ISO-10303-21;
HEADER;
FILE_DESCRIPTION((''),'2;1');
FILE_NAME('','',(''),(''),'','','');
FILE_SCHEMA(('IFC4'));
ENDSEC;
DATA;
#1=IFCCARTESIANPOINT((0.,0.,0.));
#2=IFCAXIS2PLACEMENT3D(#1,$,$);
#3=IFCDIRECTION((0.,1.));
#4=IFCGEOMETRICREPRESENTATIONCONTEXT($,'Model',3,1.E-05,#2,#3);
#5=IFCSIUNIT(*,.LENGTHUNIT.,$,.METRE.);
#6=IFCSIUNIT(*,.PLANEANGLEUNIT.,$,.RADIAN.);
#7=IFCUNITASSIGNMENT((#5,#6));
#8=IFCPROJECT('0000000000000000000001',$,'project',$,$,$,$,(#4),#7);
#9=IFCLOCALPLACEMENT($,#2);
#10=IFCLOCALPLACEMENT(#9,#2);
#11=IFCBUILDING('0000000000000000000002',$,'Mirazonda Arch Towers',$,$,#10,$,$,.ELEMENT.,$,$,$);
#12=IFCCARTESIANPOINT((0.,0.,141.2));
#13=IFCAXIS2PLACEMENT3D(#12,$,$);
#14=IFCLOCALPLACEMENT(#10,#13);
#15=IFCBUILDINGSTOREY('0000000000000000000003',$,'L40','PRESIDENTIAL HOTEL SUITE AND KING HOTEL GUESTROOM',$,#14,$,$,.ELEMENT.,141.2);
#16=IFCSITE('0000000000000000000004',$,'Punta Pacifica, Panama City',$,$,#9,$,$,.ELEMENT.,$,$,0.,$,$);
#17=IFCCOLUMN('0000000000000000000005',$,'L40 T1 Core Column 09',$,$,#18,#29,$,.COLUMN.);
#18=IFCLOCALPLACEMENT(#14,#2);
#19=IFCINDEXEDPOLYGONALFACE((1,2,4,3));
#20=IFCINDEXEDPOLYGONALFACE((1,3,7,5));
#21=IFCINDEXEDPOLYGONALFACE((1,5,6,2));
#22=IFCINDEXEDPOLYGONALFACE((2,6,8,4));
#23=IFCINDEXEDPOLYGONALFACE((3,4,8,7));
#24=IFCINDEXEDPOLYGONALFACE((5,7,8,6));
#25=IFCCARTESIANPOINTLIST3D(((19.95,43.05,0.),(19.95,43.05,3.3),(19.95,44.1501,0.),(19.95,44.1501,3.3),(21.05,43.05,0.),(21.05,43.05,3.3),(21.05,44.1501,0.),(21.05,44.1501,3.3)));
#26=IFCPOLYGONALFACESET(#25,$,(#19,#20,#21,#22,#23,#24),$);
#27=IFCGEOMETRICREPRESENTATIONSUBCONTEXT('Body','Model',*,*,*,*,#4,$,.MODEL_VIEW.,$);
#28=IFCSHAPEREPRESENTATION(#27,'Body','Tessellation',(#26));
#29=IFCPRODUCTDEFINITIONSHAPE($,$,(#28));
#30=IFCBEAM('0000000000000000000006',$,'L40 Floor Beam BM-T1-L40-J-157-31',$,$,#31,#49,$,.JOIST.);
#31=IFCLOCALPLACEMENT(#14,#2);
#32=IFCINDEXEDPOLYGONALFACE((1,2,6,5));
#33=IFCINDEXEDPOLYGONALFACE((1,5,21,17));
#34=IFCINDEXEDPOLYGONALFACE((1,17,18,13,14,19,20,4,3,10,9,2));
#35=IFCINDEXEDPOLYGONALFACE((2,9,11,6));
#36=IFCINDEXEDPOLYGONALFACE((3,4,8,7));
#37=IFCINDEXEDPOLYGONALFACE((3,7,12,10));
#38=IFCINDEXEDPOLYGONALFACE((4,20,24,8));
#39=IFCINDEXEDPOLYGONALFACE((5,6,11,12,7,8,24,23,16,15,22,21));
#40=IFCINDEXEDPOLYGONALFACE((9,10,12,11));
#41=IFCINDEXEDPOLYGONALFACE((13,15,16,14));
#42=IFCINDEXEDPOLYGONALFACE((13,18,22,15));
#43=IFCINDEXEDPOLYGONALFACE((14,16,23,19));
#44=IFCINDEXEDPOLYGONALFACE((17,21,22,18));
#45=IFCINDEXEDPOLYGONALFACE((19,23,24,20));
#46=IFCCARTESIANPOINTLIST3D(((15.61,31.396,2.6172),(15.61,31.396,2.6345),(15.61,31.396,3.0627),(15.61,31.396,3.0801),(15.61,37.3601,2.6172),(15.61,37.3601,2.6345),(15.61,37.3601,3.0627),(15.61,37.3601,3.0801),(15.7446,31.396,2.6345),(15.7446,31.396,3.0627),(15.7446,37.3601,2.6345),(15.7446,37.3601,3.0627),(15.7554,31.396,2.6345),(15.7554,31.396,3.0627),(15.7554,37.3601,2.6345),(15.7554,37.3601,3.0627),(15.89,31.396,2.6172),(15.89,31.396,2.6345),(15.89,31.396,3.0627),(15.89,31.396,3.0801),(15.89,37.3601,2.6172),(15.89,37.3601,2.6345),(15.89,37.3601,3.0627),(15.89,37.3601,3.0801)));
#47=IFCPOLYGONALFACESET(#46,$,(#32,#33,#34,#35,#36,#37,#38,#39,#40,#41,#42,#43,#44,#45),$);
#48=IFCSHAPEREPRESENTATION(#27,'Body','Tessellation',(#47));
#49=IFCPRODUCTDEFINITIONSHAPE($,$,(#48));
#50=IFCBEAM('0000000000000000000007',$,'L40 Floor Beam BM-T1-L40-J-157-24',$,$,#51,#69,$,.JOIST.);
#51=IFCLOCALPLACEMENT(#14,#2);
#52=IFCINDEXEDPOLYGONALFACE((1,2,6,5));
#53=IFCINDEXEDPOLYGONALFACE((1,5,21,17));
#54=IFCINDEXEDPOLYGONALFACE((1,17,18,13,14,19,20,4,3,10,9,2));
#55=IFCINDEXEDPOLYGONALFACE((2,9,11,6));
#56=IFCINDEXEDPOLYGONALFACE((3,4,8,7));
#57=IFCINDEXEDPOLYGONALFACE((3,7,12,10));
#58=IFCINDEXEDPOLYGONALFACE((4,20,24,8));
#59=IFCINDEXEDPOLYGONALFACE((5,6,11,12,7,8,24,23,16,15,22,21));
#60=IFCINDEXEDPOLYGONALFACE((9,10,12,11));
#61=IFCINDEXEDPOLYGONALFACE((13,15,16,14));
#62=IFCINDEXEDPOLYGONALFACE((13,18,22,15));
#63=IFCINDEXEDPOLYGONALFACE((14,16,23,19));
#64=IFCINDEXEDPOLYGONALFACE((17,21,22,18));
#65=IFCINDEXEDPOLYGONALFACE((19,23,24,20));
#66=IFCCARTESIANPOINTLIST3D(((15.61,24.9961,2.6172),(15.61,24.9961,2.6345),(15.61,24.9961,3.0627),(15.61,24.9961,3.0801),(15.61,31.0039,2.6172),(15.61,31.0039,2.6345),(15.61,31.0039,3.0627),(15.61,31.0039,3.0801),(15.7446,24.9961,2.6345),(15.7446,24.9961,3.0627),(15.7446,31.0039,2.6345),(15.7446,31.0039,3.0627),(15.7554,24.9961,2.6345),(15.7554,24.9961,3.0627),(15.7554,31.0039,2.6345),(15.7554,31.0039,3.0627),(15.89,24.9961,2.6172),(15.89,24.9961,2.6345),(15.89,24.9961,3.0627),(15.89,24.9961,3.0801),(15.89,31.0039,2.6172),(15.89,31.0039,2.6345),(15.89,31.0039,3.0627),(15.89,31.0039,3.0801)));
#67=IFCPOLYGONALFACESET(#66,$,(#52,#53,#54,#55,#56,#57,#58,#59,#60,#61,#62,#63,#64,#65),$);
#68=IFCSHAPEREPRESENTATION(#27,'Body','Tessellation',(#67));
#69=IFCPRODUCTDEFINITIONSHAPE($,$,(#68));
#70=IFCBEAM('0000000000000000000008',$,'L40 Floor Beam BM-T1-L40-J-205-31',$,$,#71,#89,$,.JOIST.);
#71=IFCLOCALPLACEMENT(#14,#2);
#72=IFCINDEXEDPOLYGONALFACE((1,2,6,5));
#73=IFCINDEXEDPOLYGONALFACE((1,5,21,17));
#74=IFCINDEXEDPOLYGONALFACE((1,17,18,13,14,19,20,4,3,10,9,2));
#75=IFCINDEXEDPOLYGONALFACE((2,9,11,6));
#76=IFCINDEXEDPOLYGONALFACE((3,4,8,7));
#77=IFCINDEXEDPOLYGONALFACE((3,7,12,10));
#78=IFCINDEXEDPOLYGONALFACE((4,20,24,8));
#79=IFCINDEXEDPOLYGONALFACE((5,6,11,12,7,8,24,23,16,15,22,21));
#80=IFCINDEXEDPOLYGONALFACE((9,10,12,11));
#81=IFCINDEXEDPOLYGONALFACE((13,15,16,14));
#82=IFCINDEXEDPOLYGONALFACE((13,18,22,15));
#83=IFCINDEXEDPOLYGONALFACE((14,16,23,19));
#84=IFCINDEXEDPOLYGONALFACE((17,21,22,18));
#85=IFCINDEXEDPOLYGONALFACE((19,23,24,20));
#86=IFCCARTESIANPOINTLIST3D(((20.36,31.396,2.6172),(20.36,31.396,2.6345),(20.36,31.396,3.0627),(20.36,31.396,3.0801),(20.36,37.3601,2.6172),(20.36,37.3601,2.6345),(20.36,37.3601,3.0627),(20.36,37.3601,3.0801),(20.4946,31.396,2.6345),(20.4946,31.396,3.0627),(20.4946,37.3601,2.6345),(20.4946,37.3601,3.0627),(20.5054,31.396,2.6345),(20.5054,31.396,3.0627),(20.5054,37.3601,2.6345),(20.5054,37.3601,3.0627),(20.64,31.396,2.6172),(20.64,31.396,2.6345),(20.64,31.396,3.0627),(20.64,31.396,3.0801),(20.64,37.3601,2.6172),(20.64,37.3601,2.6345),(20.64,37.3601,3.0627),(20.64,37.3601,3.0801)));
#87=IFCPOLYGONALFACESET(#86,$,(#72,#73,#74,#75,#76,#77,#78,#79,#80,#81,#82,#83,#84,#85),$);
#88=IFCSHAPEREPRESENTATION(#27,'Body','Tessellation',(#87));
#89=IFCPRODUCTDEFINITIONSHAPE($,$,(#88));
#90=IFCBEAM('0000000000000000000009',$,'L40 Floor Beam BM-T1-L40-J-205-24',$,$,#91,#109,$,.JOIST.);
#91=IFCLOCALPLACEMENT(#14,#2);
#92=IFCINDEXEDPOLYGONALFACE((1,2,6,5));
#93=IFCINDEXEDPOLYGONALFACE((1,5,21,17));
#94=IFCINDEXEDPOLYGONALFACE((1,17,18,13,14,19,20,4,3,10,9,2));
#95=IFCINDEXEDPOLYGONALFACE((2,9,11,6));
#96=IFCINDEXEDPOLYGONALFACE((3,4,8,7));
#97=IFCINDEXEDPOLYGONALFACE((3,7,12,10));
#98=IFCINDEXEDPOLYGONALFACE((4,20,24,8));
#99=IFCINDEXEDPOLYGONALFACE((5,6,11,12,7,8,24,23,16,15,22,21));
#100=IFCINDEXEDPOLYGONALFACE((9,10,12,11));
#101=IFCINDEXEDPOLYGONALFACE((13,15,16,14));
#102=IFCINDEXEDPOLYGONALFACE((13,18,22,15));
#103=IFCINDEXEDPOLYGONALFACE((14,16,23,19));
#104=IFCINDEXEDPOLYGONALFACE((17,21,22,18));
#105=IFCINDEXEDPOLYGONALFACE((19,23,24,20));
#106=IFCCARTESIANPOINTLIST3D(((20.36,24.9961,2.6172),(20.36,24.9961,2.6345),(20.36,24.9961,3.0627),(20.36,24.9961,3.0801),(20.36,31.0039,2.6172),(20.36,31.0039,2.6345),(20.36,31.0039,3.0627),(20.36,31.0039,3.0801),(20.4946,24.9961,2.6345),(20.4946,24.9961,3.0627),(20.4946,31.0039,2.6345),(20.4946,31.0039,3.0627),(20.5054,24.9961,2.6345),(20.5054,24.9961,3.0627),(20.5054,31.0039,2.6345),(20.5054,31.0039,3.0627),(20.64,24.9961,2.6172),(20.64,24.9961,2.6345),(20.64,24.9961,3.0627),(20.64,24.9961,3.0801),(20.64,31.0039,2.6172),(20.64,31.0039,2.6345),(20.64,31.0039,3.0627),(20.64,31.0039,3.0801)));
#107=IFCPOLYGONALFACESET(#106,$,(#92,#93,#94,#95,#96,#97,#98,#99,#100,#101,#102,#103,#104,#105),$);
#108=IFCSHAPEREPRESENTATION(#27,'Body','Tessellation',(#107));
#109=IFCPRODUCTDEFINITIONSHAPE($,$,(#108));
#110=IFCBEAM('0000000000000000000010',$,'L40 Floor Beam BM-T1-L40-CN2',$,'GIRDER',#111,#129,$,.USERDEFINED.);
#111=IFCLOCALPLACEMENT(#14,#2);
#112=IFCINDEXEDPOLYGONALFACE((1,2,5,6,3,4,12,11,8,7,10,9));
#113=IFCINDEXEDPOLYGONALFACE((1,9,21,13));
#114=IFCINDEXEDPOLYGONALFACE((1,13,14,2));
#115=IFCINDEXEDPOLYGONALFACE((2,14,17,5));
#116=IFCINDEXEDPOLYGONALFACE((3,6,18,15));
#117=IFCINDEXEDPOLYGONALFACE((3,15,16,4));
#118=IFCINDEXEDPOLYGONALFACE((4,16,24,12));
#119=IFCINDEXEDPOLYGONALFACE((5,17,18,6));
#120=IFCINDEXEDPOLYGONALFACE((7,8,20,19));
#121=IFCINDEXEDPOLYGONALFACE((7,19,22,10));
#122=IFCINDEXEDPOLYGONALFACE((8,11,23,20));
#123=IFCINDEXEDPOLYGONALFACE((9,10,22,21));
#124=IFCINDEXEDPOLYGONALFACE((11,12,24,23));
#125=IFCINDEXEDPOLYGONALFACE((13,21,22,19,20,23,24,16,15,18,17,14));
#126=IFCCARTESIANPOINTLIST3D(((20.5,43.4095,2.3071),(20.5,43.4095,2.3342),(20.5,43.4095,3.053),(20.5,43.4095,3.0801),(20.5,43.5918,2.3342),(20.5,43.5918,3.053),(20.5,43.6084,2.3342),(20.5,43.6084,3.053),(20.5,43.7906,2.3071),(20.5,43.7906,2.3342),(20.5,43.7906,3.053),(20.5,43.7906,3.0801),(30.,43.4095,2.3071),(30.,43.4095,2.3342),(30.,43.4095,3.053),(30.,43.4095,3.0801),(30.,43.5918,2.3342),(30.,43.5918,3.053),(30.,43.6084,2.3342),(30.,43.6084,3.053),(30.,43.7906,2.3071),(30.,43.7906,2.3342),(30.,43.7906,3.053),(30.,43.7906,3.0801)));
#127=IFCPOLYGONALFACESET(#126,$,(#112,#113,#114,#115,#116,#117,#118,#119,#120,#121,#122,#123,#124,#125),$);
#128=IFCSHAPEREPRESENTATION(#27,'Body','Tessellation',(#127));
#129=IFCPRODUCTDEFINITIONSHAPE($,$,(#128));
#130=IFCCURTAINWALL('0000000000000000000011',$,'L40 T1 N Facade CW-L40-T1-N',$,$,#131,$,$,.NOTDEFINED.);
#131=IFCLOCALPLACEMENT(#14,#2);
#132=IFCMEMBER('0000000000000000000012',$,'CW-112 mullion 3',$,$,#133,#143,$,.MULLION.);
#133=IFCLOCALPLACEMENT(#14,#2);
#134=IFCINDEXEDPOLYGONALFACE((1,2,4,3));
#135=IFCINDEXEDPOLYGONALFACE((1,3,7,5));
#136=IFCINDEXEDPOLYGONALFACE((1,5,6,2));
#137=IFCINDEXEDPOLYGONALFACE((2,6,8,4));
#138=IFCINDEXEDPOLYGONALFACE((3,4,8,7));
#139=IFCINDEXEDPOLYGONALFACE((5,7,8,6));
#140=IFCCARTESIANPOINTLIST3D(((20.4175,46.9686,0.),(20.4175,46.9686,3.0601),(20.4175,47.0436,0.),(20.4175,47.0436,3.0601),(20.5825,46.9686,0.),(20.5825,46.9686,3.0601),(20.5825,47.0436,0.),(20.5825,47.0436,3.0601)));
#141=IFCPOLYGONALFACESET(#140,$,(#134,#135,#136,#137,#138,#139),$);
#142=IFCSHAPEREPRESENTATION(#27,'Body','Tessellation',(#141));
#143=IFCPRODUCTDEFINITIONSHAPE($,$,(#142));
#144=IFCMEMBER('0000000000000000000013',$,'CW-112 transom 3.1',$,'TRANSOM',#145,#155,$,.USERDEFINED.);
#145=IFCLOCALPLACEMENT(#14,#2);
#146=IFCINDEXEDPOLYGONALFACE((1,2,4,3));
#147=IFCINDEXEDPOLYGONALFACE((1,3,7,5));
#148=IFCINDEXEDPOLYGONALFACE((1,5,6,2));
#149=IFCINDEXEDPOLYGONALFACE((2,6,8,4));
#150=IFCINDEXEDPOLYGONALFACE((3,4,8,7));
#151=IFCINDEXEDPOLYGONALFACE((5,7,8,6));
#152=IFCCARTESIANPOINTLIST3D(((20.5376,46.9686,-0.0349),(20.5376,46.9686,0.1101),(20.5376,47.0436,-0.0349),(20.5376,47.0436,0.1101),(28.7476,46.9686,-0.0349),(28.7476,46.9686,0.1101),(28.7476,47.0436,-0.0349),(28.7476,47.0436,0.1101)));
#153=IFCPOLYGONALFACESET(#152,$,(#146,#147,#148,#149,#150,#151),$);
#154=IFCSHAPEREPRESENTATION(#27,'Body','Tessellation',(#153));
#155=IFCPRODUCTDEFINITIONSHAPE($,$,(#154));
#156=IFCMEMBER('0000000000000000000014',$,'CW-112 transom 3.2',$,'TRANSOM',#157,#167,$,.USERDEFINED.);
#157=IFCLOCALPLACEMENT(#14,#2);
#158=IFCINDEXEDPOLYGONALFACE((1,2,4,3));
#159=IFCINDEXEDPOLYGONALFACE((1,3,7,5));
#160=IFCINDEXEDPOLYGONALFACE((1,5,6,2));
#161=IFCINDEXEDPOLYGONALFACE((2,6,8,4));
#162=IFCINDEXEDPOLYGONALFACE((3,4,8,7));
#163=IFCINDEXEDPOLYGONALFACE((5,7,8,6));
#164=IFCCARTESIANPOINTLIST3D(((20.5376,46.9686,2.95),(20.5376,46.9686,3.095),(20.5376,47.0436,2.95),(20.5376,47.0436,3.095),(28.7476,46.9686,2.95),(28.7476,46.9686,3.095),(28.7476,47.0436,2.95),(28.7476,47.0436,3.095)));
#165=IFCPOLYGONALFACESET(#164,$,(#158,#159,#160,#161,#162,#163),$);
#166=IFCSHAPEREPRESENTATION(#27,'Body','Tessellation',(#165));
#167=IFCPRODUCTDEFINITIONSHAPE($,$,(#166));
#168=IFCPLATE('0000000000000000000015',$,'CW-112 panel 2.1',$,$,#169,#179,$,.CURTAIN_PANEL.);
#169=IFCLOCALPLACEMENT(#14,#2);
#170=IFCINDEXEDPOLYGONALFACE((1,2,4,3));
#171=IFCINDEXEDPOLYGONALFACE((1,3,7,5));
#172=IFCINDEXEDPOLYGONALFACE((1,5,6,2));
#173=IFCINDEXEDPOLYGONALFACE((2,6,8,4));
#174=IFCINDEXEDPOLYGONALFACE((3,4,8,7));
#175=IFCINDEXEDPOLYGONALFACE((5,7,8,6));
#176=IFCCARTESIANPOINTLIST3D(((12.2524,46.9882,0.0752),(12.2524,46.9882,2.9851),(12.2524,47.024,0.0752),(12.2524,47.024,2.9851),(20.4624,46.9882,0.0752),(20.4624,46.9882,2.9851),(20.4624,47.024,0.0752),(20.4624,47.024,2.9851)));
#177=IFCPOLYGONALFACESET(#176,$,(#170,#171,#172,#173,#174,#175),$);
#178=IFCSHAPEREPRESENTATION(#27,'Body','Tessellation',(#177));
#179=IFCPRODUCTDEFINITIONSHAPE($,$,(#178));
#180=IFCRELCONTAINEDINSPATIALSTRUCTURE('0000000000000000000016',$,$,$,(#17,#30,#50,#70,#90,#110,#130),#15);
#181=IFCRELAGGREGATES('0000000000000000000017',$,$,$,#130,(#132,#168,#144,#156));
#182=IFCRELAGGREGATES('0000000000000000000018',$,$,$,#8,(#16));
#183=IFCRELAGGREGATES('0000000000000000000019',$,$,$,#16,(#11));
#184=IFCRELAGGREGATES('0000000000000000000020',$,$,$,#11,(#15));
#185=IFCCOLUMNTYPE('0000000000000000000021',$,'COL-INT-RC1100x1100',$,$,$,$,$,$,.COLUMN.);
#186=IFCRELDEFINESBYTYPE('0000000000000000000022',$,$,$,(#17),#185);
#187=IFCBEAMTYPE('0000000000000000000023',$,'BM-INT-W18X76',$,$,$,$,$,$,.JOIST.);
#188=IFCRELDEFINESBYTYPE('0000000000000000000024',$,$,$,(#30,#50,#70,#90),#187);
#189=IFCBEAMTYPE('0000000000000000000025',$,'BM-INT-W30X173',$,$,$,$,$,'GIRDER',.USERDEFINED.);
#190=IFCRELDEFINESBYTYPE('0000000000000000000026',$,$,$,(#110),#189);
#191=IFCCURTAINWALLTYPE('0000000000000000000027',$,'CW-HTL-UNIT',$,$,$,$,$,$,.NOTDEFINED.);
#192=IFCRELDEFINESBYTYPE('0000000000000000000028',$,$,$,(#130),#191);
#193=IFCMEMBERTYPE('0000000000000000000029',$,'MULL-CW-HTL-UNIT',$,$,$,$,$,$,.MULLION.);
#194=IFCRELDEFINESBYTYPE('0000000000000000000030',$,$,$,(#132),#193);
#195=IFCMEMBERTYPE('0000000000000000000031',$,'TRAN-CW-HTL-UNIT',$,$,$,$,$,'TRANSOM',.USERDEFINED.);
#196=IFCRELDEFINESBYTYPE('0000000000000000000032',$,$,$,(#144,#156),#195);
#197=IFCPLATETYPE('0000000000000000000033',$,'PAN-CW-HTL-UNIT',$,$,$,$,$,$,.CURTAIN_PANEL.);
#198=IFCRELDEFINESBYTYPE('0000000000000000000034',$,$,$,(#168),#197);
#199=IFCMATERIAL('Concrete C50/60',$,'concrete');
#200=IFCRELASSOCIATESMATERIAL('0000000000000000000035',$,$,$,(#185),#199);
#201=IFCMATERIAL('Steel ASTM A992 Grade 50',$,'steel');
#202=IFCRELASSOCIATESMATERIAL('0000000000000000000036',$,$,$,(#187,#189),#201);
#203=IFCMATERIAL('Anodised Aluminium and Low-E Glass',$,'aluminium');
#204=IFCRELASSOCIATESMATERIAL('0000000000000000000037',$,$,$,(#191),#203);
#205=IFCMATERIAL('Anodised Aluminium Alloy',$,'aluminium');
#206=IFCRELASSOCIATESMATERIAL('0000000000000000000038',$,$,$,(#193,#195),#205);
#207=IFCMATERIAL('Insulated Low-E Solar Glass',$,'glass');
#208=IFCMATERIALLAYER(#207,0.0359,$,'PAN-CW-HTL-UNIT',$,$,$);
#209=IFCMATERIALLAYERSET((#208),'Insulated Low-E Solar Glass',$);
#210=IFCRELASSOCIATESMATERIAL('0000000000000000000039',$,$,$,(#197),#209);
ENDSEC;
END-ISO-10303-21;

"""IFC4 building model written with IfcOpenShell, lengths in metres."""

from ifc_helpers import new_model, si_unit, direction, frame, origin, origin_2d, place, context, subcontext, project, spatial, rectangle, i_section, extrude, material, layer, layer_set, material_profile, profile_set, type_object, element, aggregate, save


model = new_model("IFC4")

# Units and contexts
model_context = context("Model", 3, precision=1e-05, world=origin(), true_north=direction((0.0, 1.0)))
body_context = subcontext(model_context, "Body", "Model", "MODEL_VIEW")
ifc_project = project(units=[si_unit("LENGTHUNIT", "METRE"), si_unit("PLANEANGLEUNIT", "RADIAN")], contexts=[model_context])

# Site, building, storey
site_placement = place(None, origin())
site = spatial("IfcSite", under=ifc_project, at=site_placement, Name="Punta Pacifica, Panama City", CompositionType="ELEMENT", RefElevation=0.0)
building_placement = place(site_placement, origin())
building = spatial("IfcBuilding", under=site, at=building_placement, Name="Mirazonda Arch Towers", CompositionType="ELEMENT")
storey_placement = place(building_placement, frame((0.0, 0.0, 141.2)))
storey = spatial("IfcBuildingStorey", under=building, at=storey_placement, Name="L40", Description="PRESIDENTIAL HOTEL SUITE AND KING HOTEL GUESTROOM", CompositionType="ELEMENT", Elevation=141.2)

# Column
ifc_material_1 = material(Name="Concrete C50/60", Category="concrete")
ifc_material_profile_1 = material_profile(ifc_material_1, rectangle(XDim=1.1001, YDim=1.1001, at=origin_2d()), Name="RC1100x1100")
ifc_profile_set_1 = profile_set([ifc_material_profile_1], Name="Concrete C50/60")
column_type = type_object("IfcColumnType", Name="COL-INT-RC1100x1100", PredefinedType="COLUMN", material=ifc_profile_set_1)
column_placement = place(storey_placement, frame((20.5, 43.6001, 0.0), z_axis=(0.0, 0.0, 1.0), x_axis=(1.0, 0.0, 0.0)))
element("IfcColumn", 1, at=column_placement, inside=storey, type_object=column_type, Name="L40 T1 Core Column 09", PredefinedType="COLUMN", context=body_context, shape_type="SweptSolid", body=[
    extrude(rectangle(XDim=1.1001, YDim=1.1001, at=origin_2d()), origin(), (0.0, 0.0, 1.0), 3.3),
])

# Beams
ifc_material_2 = material(Name="Steel ASTM A992 Grade 50", Category="steel")
ifc_material_profile_2 = material_profile(ifc_material_2, i_section(OverallWidth=0.28, OverallDepth=0.4629, WebThickness=0.0107, FlangeThickness=0.0173, at=origin_2d()), Name="W18X76")
ifc_profile_set_2 = profile_set([ifc_material_profile_2], Name="Steel ASTM A992 Grade 50")
beam_type_1 = type_object("IfcBeamType", Name="BM-INT-W18X76", PredefinedType="JOIST", material=ifc_profile_set_2)
beam_1_placement = place(storey_placement, frame((15.75, 31.396, 2.8486), z_axis=(0.0, 1.0, 0.0), x_axis=(-1.0, 0.0, 0.0)))
element("IfcBeam", 2, at=beam_1_placement, inside=storey, type_object=beam_type_1, Name="L40 Floor Beam BM-T1-L40-J-157-31", PredefinedType="JOIST", context=body_context, shape_type="SweptSolid", body=[
    extrude(i_section(OverallWidth=0.28, OverallDepth=0.4629, WebThickness=0.0107, FlangeThickness=0.0173, at=origin_2d()), origin(), (0.0, 0.0, 1.0), 5.9641),
])
beam_2_placement = place(storey_placement, frame((15.75, 24.9961, 2.8486), z_axis=(0.0, 1.0, 0.0), x_axis=(-1.0, 0.0, 0.0)))
element("IfcBeam", 3, at=beam_2_placement, inside=storey, type_object=beam_type_1, Name="L40 Floor Beam BM-T1-L40-J-157-24", PredefinedType="JOIST", context=body_context, shape_type="SweptSolid", body=[
    extrude(i_section(OverallWidth=0.28, OverallDepth=0.4629, WebThickness=0.0107, FlangeThickness=0.0173, at=origin_2d()), origin(), (0.0, 0.0, 1.0), 6.0078),
])
beam_3_placement = place(storey_placement, frame((20.5, 31.396, 2.8486), z_axis=(0.0, 1.0, 0.0), x_axis=(-1.0, 0.0, 0.0)))
element("IfcBeam", 4, at=beam_3_placement, inside=storey, type_object=beam_type_1, Name="L40 Floor Beam BM-T1-L40-J-205-31", PredefinedType="JOIST", context=body_context, shape_type="SweptSolid", body=[
    extrude(i_section(OverallWidth=0.28, OverallDepth=0.4629, WebThickness=0.0107, FlangeThickness=0.0173, at=origin_2d()), origin(), (0.0, 0.0, 1.0), 5.9641),
])
beam_4_placement = place(storey_placement, frame((20.5, 24.9961, 2.8486), z_axis=(0.0, 1.0, 0.0), x_axis=(-1.0, 0.0, 0.0)))
element("IfcBeam", 5, at=beam_4_placement, inside=storey, type_object=beam_type_1, Name="L40 Floor Beam BM-T1-L40-J-205-24", PredefinedType="JOIST", context=body_context, shape_type="SweptSolid", body=[
    extrude(i_section(OverallWidth=0.28, OverallDepth=0.4629, WebThickness=0.0107, FlangeThickness=0.0173, at=origin_2d()), origin(), (0.0, 0.0, 1.0), 6.0078),
])
ifc_material_profile_3 = material_profile(ifc_material_2, i_section(OverallWidth=0.3811, OverallDepth=0.7729, WebThickness=0.0166, FlangeThickness=0.0271, at=origin_2d()), Name="W30X173")
ifc_profile_set_3 = profile_set([ifc_material_profile_3], Name="Steel ASTM A992 Grade 50")
beam_type_2 = type_object("IfcBeamType", Name="BM-INT-W30X173", ElementType="GIRDER", PredefinedType="USERDEFINED", material=ifc_profile_set_3)
beam_5_placement = place(storey_placement, frame((20.5, 43.6001, 2.6936), z_axis=(1.0, 0.0, 0.0), x_axis=(0.0, 1.0, 0.0)))
element("IfcBeam", 6, at=beam_5_placement, inside=storey, type_object=beam_type_2, Name="L40 Floor Beam BM-T1-L40-CN2", ObjectType="GIRDER", PredefinedType="USERDEFINED", context=body_context, shape_type="SweptSolid", body=[
    extrude(i_section(OverallWidth=0.3811, OverallDepth=0.7729, WebThickness=0.0166, FlangeThickness=0.0271, at=origin_2d()), origin(), (0.0, 0.0, 1.0), 9.5),
])

# Curtain wall, members, plate
ifc_material_3 = material(Name="Anodised Aluminium and Low-E Glass", Category="aluminium")
curtain_wall_type = type_object("IfcCurtainWallType", Name="CW-HTL-UNIT", PredefinedType="NOTDEFINED", material=ifc_material_3)
curtain_wall_placement = place(storey_placement, origin())
curtain_wall = element("IfcCurtainWall", 7, at=curtain_wall_placement, inside=storey, type_object=curtain_wall_type, Name="L40 T1 N Facade CW-L40-T1-N", PredefinedType="NOTDEFINED")
ifc_material_4 = material(Name="Anodised Aluminium Alloy", Category="aluminium")
ifc_material_profile_4 = material_profile(ifc_material_4, rectangle(XDim=0.075, YDim=0.165, at=origin_2d()), Name="ALU-MULL-75x165")
ifc_profile_set_4 = profile_set([ifc_material_profile_4], Name="Anodised Aluminium Alloy")
member_type_1 = type_object("IfcMemberType", Name="MULL-CW-HTL-UNIT", PredefinedType="MULLION", material=ifc_profile_set_4)
member_1_placement = place(storey_placement, frame((20.5, 47.0061, 0.0), z_axis=(0.0, 0.0, 1.0), x_axis=(0.0, 1.0, 0.0)))
member_1 = element("IfcMember", 8, at=member_1_placement, type_object=member_type_1, Name="CW-112 mullion 3", PredefinedType="MULLION", context=body_context, shape_type="SweptSolid", body=[
    extrude(rectangle(XDim=0.075, YDim=0.165, at=origin_2d()), origin(), (0.0, 0.0, 1.0), 3.0601),
])
ifc_material_profile_5 = material_profile(ifc_material_4, rectangle(XDim=0.075, YDim=0.145, at=origin_2d()), Name="ALU-TRAN-75x145")
ifc_profile_set_5 = profile_set([ifc_material_profile_5], Name="Anodised Aluminium Alloy")
member_type_2 = type_object("IfcMemberType", Name="TRAN-CW-HTL-UNIT", ElementType="TRANSOM", PredefinedType="USERDEFINED", material=ifc_profile_set_5)
member_2_placement = place(storey_placement, frame((20.5376, 47.0061, 0.0376), z_axis=(1.0, 0.0, 0.0), x_axis=(0.0, 1.0, 0.0)))
member_2 = element("IfcMember", 9, at=member_2_placement, type_object=member_type_2, Name="CW-112 transom 3.1", ObjectType="TRANSOM", PredefinedType="USERDEFINED", context=body_context, shape_type="SweptSolid", body=[
    extrude(rectangle(XDim=0.075, YDim=0.145, at=origin_2d()), origin(), (0.0, 0.0, 1.0), 8.21),
])
member_3_placement = place(storey_placement, frame((20.5376, 47.0061, 3.0225), z_axis=(1.0, 0.0, 0.0), x_axis=(0.0, 1.0, 0.0)))
member_3 = element("IfcMember", 10, at=member_3_placement, type_object=member_type_2, Name="CW-112 transom 3.2", ObjectType="TRANSOM", PredefinedType="USERDEFINED", context=body_context, shape_type="SweptSolid", body=[
    extrude(rectangle(XDim=0.075, YDim=0.145, at=origin_2d()), origin(), (0.0, 0.0, 1.0), 8.21),
])
ifc_material_5 = material(Name="Insulated Low-E Solar Glass", Category="glass")
ifc_layer_1 = layer(ifc_material_5, 0.0359, Name="PAN-CW-HTL-UNIT")
ifc_layer_set_1 = layer_set([ifc_layer_1], Name="Insulated Low-E Solar Glass")
plate_type = type_object("IfcPlateType", Name="PAN-CW-HTL-UNIT", PredefinedType="CURTAIN_PANEL", material=ifc_layer_set_1)
plate_1_placement = place(storey_placement, frame((16.3574, 47.0061, 0.0752), z_axis=(0.0, 0.0, 1.0), x_axis=(1.0, 0.0, 0.0)))
plate_1 = element("IfcPlate", 11, at=plate_1_placement, type_object=plate_type, Name="CW-112 panel 2.1", PredefinedType="CURTAIN_PANEL", context=body_context, shape_type="SweptSolid", body=[
    extrude(rectangle(XDim=8.21, YDim=0.0359, at=origin_2d()), origin(), (0.0, 0.0, 1.0), 2.9099),
])
aggregate(curtain_wall, [member_1, plate_1, member_2, member_3])

save(model, "model.ifc")
